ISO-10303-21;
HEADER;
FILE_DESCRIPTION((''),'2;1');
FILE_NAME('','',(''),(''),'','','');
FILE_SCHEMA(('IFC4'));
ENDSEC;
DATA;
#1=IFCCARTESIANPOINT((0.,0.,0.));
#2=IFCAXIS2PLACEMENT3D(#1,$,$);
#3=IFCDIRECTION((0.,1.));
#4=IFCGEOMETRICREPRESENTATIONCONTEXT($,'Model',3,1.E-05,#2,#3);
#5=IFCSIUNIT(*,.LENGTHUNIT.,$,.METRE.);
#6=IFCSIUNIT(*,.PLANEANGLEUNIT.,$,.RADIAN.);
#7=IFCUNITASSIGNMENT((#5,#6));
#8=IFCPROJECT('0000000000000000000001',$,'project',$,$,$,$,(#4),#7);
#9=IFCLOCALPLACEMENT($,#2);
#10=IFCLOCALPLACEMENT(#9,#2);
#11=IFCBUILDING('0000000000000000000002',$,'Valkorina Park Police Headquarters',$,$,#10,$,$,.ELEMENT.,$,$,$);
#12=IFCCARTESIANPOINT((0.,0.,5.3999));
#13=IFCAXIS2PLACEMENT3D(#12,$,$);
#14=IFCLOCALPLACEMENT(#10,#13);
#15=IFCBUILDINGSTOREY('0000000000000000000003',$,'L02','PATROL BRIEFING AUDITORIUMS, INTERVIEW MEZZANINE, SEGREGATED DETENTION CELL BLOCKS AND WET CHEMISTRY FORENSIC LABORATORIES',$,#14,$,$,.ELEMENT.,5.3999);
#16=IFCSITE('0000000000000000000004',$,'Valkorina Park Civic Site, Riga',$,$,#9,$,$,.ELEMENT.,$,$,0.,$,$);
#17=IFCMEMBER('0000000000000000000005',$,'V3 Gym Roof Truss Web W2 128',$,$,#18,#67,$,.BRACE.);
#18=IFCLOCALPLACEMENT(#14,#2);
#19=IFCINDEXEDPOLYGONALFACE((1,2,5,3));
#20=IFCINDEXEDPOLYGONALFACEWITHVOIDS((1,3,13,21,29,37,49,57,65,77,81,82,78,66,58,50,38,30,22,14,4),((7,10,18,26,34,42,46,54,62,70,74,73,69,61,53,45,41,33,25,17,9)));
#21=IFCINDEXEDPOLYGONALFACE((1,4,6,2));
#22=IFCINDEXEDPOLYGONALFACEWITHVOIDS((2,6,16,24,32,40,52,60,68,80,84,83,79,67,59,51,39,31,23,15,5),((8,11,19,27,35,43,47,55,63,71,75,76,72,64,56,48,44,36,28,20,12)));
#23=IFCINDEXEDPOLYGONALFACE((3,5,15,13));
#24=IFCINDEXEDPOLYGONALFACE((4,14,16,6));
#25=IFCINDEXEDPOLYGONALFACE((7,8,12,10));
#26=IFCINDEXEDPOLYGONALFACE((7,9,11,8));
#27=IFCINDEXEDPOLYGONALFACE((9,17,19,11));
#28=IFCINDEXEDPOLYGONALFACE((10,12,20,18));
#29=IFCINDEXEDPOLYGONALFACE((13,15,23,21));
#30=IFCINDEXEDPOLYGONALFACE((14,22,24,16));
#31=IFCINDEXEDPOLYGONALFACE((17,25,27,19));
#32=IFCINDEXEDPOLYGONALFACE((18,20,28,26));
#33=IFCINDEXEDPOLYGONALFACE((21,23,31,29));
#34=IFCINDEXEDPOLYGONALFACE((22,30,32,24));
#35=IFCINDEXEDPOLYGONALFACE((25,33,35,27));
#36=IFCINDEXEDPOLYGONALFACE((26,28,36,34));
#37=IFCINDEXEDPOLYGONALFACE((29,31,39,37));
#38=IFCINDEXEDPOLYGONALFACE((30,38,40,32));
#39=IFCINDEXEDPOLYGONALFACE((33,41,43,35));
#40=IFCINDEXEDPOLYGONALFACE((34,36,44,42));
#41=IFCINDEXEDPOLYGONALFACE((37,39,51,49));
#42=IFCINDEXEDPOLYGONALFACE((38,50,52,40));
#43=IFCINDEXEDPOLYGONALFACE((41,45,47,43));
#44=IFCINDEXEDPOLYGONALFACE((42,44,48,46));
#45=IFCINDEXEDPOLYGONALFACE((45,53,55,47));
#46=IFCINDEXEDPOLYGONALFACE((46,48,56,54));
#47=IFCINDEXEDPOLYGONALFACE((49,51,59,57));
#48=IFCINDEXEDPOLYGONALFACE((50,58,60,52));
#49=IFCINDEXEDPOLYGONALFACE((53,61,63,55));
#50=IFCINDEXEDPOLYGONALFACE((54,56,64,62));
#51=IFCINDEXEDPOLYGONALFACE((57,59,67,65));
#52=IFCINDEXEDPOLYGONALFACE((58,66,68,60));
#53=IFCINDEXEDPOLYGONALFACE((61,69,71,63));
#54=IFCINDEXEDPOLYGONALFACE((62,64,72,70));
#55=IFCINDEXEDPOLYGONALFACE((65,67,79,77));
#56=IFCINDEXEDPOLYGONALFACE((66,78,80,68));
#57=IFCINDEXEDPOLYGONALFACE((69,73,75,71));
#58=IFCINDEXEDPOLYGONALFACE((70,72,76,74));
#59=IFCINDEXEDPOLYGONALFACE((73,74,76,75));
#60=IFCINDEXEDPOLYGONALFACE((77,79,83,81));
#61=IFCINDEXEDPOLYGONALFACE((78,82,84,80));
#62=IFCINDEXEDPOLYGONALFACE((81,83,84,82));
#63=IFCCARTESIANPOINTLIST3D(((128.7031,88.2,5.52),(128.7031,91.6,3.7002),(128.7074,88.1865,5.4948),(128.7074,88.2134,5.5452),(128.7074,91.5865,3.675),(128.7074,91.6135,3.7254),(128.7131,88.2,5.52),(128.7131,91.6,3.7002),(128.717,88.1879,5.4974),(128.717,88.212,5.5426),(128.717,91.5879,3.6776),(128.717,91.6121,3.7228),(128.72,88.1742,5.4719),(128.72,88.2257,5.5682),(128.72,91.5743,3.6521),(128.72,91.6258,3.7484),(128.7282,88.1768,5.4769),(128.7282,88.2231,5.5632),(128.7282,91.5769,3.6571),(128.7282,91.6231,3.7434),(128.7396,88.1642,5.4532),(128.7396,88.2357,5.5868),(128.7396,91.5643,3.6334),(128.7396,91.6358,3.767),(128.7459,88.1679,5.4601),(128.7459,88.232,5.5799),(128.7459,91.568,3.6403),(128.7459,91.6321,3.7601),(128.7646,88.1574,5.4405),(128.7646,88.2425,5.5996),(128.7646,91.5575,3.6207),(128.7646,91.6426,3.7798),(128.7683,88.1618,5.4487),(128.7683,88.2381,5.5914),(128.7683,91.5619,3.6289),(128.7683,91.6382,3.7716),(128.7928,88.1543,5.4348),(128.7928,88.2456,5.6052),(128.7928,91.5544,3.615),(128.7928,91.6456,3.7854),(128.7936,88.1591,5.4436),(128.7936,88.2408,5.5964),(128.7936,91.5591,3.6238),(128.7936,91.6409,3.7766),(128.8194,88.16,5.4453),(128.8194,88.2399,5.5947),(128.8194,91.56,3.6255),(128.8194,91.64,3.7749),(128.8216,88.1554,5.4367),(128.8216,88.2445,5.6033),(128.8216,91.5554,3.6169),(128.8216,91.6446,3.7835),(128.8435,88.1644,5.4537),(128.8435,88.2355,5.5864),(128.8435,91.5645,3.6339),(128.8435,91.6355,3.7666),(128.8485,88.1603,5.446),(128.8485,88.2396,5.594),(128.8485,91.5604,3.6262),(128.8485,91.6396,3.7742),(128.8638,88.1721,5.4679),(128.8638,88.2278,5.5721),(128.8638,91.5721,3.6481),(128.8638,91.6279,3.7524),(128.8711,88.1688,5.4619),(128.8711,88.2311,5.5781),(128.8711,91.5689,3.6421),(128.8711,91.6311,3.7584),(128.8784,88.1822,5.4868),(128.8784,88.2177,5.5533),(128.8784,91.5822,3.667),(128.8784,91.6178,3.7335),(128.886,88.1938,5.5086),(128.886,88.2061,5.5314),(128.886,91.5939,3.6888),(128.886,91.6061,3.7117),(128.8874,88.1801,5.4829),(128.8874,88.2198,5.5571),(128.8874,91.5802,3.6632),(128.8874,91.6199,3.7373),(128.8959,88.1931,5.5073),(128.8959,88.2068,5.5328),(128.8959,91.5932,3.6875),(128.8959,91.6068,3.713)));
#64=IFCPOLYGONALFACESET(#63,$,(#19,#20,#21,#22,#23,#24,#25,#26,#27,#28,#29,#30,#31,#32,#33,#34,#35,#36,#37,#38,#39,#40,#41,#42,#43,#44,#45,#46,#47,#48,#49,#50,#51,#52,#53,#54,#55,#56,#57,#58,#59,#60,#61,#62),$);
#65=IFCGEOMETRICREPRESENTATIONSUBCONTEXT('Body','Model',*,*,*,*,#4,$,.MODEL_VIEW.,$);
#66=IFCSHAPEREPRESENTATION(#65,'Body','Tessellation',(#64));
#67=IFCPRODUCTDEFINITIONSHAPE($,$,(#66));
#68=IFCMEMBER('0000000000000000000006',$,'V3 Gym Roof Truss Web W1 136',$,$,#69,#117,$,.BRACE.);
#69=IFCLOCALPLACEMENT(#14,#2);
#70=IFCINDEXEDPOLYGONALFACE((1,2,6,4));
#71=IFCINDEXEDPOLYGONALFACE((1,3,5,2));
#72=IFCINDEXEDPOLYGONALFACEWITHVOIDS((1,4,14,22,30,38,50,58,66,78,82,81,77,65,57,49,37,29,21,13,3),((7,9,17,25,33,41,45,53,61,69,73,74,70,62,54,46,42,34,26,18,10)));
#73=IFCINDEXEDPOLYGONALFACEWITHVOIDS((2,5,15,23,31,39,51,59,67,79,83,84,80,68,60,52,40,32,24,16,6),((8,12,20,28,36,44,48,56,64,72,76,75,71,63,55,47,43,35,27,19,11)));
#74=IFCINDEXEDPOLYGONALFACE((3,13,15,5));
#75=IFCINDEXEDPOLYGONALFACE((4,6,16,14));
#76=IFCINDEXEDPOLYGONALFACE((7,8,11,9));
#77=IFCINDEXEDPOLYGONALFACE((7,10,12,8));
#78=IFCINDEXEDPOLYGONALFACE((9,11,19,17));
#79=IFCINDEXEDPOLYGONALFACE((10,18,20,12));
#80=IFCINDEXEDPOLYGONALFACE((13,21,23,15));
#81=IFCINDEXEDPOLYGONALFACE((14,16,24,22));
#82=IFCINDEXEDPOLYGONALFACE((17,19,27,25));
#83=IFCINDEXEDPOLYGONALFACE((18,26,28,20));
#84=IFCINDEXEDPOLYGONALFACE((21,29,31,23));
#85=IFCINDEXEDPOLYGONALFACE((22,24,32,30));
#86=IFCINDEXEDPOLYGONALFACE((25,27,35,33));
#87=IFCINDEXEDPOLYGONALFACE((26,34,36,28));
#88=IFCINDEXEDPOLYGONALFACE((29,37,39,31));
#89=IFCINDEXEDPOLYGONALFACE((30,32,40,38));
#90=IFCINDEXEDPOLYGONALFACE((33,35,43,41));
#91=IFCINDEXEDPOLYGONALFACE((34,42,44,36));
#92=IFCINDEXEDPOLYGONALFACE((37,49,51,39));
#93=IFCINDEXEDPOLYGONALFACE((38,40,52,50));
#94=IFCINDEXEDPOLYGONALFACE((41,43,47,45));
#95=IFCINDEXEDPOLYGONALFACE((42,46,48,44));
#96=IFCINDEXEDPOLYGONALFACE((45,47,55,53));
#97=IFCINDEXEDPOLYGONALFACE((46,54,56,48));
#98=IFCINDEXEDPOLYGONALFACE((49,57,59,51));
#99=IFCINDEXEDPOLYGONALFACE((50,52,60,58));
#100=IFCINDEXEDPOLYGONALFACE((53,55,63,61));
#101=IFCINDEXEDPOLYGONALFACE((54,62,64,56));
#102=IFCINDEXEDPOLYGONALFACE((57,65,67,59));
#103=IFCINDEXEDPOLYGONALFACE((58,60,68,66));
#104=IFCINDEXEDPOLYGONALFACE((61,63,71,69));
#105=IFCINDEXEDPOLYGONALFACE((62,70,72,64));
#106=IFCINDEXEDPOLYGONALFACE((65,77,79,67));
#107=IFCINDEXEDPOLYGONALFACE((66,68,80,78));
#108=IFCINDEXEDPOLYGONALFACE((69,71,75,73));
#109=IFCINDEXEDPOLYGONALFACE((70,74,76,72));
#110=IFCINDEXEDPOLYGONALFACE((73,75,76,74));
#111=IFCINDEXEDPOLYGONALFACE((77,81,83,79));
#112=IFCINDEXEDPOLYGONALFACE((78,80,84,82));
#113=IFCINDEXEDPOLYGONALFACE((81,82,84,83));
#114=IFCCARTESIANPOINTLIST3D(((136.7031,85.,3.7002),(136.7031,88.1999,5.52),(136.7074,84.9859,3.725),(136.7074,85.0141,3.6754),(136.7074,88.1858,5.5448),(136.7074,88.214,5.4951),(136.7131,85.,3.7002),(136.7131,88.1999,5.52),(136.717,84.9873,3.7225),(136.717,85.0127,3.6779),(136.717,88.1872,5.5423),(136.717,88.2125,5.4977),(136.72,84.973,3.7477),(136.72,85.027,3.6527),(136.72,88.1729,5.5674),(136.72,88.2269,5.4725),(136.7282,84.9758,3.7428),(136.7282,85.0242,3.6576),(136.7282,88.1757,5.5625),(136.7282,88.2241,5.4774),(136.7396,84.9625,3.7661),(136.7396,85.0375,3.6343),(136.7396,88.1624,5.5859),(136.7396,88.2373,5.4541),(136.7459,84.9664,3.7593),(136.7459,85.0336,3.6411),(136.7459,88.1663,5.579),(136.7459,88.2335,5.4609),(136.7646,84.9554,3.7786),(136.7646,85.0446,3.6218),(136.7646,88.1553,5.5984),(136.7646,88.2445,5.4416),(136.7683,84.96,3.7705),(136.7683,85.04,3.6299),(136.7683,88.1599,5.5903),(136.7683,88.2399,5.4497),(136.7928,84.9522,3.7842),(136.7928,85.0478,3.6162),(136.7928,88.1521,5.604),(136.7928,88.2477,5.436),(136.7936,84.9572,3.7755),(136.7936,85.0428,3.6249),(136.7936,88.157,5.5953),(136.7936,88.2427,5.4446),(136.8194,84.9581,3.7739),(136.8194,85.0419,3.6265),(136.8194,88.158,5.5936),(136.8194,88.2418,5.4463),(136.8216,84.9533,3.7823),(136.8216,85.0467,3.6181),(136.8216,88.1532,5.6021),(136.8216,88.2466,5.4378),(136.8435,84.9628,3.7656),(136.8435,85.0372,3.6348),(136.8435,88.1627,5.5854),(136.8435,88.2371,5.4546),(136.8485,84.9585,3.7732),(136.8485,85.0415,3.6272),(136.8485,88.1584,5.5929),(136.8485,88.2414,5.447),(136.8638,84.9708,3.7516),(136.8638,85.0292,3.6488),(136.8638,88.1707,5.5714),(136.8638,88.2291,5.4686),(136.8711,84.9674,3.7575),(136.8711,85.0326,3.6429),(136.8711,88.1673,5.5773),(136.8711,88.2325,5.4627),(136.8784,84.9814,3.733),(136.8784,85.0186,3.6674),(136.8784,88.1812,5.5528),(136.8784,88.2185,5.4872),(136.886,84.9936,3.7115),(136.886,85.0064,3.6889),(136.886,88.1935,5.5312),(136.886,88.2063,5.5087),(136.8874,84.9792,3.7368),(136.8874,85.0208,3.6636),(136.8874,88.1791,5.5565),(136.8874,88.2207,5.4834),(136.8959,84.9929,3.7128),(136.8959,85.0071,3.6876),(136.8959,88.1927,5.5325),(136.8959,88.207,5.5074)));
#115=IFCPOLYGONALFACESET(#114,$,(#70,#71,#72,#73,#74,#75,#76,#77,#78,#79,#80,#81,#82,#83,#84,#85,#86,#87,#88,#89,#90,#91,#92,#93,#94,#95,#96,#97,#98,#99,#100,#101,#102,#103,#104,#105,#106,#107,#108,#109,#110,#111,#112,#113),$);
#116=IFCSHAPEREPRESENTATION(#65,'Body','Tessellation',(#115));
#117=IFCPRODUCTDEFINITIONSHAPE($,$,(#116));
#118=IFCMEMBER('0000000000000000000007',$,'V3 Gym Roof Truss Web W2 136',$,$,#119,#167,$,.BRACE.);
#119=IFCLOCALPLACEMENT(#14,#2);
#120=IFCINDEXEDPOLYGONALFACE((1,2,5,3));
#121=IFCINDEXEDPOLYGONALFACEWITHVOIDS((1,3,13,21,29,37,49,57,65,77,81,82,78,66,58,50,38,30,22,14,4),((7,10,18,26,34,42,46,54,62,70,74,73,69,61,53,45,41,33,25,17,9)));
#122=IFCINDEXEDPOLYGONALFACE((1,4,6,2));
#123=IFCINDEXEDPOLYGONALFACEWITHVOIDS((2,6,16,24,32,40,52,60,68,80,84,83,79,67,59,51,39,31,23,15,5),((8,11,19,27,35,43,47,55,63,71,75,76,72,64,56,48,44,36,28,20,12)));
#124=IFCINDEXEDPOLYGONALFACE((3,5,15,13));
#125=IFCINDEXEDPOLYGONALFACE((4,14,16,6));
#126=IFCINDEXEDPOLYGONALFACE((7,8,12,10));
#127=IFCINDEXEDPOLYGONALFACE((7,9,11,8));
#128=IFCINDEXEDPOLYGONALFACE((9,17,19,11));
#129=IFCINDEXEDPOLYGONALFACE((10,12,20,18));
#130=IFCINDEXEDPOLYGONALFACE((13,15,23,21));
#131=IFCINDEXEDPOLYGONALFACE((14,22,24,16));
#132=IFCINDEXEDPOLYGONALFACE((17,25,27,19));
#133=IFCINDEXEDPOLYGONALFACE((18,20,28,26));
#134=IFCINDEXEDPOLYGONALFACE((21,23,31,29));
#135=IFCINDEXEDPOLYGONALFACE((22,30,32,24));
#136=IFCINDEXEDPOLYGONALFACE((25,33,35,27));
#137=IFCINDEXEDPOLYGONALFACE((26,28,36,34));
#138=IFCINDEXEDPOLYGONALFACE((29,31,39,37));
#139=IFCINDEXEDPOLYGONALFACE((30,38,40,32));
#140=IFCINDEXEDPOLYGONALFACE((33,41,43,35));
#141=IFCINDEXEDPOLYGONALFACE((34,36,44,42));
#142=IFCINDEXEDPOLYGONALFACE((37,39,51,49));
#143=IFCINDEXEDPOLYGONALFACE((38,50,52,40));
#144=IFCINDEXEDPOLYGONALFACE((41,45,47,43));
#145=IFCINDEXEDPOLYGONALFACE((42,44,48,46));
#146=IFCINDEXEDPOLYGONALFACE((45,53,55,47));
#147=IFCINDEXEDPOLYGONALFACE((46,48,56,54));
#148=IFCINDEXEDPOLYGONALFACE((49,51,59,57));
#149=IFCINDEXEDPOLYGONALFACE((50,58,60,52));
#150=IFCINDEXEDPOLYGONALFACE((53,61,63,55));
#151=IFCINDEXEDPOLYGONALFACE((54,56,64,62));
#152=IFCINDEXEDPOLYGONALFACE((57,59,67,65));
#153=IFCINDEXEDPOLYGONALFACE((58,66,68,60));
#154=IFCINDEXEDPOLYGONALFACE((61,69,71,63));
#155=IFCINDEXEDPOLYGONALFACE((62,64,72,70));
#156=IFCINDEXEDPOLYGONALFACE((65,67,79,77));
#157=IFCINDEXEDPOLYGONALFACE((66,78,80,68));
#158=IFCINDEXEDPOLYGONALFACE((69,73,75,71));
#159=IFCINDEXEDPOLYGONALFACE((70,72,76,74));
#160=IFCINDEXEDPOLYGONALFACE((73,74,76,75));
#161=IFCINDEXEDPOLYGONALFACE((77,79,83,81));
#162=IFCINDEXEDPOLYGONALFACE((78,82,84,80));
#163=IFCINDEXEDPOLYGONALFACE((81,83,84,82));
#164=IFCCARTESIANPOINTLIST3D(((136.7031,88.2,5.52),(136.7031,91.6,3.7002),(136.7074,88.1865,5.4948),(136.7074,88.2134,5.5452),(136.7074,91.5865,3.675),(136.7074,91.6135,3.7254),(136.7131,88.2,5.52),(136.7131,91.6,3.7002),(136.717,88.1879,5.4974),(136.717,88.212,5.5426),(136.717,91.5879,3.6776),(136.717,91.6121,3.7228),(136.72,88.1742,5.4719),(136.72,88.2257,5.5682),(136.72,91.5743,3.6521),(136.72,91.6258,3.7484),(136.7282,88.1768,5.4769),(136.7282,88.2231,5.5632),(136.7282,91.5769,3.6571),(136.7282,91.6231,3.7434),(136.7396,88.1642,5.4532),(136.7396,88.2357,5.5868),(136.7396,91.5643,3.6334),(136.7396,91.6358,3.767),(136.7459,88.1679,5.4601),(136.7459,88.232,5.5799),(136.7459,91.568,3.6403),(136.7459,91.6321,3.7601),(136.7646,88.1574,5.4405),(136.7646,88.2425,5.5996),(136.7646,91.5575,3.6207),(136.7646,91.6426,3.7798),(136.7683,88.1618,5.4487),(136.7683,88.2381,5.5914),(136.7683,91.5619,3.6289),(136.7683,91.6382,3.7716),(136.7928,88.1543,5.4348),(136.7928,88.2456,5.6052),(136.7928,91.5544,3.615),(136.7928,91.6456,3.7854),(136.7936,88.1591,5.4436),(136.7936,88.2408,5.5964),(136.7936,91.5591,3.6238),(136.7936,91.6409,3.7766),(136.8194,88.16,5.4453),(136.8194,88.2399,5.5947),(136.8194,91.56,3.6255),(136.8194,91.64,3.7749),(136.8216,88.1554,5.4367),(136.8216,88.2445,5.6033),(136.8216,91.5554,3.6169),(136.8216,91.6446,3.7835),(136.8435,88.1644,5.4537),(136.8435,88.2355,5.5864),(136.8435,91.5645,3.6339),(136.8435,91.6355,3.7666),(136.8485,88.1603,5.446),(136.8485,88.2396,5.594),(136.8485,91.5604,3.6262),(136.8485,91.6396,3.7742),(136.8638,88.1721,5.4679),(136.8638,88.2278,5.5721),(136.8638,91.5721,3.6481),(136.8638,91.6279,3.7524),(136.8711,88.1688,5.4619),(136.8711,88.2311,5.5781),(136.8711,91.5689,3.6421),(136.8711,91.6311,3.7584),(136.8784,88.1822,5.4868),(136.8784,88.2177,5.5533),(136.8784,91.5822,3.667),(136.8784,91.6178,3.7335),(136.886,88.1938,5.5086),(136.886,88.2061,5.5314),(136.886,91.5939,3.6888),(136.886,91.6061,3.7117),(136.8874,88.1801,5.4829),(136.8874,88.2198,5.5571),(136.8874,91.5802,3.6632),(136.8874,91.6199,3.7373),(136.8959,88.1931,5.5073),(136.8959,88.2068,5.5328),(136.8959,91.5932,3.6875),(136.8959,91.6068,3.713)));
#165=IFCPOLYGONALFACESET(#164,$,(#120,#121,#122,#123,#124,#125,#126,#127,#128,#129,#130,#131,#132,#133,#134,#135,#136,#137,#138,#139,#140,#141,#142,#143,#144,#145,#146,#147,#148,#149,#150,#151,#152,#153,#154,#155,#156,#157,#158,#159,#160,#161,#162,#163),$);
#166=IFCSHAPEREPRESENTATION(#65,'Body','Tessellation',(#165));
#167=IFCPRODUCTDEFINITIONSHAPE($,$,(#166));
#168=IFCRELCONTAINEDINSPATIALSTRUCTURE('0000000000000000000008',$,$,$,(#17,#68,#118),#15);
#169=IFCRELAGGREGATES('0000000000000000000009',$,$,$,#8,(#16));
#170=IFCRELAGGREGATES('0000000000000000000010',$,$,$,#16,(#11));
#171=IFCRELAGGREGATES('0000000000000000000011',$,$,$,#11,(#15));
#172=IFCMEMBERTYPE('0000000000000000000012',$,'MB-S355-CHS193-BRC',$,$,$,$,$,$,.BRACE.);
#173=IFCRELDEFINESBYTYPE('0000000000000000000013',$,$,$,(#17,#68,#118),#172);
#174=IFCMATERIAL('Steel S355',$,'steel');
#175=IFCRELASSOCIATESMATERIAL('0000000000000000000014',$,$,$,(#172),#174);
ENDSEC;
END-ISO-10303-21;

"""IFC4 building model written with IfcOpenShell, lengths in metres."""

from ifc_helpers import new_model, si_unit, direction, frame, origin, origin_2d, place, context, subcontext, project, spatial, hollow_circle, extrude, material, material_profile, profile_set, type_object, element, save


model = new_model("IFC4")

# Units and contexts
model_context = context("Model", 3, precision=1e-05, world=origin(), true_north=direction((0.0, 1.0)))
body_context = subcontext(model_context, "Body", "Model", "MODEL_VIEW")
ifc_project = project(units=[si_unit("LENGTHUNIT", "METRE"), si_unit("PLANEANGLEUNIT", "RADIAN")], contexts=[model_context])

# Site, building, storey
site_placement = place(None, origin())
site = spatial("IfcSite", under=ifc_project, at=site_placement, Name="Valkorina Park Civic Site, Riga", CompositionType="ELEMENT", RefElevation=0.0)
building_placement = place(site_placement, origin())
building = spatial("IfcBuilding", under=site, at=building_placement, Name="Valkorina Park Police Headquarters", CompositionType="ELEMENT")
storey_placement = place(building_placement, frame((0.0, 0.0, 5.3999)))
storey = spatial("IfcBuildingStorey", under=building, at=storey_placement, Name="L02", Description="PATROL BRIEFING AUDITORIUMS, INTERVIEW MEZZANINE, SEGREGATED DETENTION CELL BLOCKS AND WET CHEMISTRY FORENSIC LABORATORIES", CompositionType="ELEMENT", Elevation=5.3999)

# Shared definitions
ifc_material = material(Name="Steel S355", Category="steel")

# Members
ifc_material_profile_1 = material_profile(ifc_material, hollow_circle(Radius=0.0969, WallThickness=0.01, at=origin_2d()), Name="CHS 193.7x10")
ifc_profile_set_1 = profile_set([ifc_material_profile_1], Name="Steel S355")
member_type_1 = type_object("IfcMemberType", Name="MB-S355-CHS193-BRC", PredefinedType="BRACE", material=ifc_profile_set_1)
member_1_placement = place(storey_placement, frame((128.8, 88.2, 5.52), z_axis=(0.0, 0.881662, -0.471882), x_axis=(-1.0, 0.0, 0.0)))
element("IfcMember", 1, at=member_1_placement, inside=storey, type_object=member_type_1, Name="V3 Gym Roof Truss Web W2 128", PredefinedType="BRACE", context=body_context, shape_type="SweptSolid", body=[
    extrude(hollow_circle(Radius=0.0969, WallThickness=0.01, at=origin_2d()), origin(), (0.0, 0.0, 1.0), 3.8564),
])
member_2_placement = place(storey_placement, frame((136.8, 85.0, 3.7002), z_axis=(0.0, 0.869262, 0.494352), x_axis=(-1.0, 0.0, 0.0)))
element("IfcMember", 2, at=member_2_placement, inside=storey, type_object=member_type_1, Name="V3 Gym Roof Truss Web W1 136", PredefinedType="BRACE", context=body_context, shape_type="SweptSolid", body=[
    extrude(hollow_circle(Radius=0.0969, WallThickness=0.01, at=origin_2d()), origin(), (0.0, 0.0, 1.0), 3.6812),
])
member_3_placement = place(storey_placement, frame((136.8, 88.2, 5.52), z_axis=(0.0, 0.881662, -0.471882), x_axis=(-1.0, 0.0, 0.0)))
element("IfcMember", 3, at=member_3_placement, inside=storey, type_object=member_type_1, Name="V3 Gym Roof Truss Web W2 136", PredefinedType="BRACE", context=body_context, shape_type="SweptSolid", body=[
    extrude(hollow_circle(Radius=0.0969, WallThickness=0.01, at=origin_2d()), origin(), (0.0, 0.0, 1.0), 3.8564),
])

save(model, "model.ifc")
